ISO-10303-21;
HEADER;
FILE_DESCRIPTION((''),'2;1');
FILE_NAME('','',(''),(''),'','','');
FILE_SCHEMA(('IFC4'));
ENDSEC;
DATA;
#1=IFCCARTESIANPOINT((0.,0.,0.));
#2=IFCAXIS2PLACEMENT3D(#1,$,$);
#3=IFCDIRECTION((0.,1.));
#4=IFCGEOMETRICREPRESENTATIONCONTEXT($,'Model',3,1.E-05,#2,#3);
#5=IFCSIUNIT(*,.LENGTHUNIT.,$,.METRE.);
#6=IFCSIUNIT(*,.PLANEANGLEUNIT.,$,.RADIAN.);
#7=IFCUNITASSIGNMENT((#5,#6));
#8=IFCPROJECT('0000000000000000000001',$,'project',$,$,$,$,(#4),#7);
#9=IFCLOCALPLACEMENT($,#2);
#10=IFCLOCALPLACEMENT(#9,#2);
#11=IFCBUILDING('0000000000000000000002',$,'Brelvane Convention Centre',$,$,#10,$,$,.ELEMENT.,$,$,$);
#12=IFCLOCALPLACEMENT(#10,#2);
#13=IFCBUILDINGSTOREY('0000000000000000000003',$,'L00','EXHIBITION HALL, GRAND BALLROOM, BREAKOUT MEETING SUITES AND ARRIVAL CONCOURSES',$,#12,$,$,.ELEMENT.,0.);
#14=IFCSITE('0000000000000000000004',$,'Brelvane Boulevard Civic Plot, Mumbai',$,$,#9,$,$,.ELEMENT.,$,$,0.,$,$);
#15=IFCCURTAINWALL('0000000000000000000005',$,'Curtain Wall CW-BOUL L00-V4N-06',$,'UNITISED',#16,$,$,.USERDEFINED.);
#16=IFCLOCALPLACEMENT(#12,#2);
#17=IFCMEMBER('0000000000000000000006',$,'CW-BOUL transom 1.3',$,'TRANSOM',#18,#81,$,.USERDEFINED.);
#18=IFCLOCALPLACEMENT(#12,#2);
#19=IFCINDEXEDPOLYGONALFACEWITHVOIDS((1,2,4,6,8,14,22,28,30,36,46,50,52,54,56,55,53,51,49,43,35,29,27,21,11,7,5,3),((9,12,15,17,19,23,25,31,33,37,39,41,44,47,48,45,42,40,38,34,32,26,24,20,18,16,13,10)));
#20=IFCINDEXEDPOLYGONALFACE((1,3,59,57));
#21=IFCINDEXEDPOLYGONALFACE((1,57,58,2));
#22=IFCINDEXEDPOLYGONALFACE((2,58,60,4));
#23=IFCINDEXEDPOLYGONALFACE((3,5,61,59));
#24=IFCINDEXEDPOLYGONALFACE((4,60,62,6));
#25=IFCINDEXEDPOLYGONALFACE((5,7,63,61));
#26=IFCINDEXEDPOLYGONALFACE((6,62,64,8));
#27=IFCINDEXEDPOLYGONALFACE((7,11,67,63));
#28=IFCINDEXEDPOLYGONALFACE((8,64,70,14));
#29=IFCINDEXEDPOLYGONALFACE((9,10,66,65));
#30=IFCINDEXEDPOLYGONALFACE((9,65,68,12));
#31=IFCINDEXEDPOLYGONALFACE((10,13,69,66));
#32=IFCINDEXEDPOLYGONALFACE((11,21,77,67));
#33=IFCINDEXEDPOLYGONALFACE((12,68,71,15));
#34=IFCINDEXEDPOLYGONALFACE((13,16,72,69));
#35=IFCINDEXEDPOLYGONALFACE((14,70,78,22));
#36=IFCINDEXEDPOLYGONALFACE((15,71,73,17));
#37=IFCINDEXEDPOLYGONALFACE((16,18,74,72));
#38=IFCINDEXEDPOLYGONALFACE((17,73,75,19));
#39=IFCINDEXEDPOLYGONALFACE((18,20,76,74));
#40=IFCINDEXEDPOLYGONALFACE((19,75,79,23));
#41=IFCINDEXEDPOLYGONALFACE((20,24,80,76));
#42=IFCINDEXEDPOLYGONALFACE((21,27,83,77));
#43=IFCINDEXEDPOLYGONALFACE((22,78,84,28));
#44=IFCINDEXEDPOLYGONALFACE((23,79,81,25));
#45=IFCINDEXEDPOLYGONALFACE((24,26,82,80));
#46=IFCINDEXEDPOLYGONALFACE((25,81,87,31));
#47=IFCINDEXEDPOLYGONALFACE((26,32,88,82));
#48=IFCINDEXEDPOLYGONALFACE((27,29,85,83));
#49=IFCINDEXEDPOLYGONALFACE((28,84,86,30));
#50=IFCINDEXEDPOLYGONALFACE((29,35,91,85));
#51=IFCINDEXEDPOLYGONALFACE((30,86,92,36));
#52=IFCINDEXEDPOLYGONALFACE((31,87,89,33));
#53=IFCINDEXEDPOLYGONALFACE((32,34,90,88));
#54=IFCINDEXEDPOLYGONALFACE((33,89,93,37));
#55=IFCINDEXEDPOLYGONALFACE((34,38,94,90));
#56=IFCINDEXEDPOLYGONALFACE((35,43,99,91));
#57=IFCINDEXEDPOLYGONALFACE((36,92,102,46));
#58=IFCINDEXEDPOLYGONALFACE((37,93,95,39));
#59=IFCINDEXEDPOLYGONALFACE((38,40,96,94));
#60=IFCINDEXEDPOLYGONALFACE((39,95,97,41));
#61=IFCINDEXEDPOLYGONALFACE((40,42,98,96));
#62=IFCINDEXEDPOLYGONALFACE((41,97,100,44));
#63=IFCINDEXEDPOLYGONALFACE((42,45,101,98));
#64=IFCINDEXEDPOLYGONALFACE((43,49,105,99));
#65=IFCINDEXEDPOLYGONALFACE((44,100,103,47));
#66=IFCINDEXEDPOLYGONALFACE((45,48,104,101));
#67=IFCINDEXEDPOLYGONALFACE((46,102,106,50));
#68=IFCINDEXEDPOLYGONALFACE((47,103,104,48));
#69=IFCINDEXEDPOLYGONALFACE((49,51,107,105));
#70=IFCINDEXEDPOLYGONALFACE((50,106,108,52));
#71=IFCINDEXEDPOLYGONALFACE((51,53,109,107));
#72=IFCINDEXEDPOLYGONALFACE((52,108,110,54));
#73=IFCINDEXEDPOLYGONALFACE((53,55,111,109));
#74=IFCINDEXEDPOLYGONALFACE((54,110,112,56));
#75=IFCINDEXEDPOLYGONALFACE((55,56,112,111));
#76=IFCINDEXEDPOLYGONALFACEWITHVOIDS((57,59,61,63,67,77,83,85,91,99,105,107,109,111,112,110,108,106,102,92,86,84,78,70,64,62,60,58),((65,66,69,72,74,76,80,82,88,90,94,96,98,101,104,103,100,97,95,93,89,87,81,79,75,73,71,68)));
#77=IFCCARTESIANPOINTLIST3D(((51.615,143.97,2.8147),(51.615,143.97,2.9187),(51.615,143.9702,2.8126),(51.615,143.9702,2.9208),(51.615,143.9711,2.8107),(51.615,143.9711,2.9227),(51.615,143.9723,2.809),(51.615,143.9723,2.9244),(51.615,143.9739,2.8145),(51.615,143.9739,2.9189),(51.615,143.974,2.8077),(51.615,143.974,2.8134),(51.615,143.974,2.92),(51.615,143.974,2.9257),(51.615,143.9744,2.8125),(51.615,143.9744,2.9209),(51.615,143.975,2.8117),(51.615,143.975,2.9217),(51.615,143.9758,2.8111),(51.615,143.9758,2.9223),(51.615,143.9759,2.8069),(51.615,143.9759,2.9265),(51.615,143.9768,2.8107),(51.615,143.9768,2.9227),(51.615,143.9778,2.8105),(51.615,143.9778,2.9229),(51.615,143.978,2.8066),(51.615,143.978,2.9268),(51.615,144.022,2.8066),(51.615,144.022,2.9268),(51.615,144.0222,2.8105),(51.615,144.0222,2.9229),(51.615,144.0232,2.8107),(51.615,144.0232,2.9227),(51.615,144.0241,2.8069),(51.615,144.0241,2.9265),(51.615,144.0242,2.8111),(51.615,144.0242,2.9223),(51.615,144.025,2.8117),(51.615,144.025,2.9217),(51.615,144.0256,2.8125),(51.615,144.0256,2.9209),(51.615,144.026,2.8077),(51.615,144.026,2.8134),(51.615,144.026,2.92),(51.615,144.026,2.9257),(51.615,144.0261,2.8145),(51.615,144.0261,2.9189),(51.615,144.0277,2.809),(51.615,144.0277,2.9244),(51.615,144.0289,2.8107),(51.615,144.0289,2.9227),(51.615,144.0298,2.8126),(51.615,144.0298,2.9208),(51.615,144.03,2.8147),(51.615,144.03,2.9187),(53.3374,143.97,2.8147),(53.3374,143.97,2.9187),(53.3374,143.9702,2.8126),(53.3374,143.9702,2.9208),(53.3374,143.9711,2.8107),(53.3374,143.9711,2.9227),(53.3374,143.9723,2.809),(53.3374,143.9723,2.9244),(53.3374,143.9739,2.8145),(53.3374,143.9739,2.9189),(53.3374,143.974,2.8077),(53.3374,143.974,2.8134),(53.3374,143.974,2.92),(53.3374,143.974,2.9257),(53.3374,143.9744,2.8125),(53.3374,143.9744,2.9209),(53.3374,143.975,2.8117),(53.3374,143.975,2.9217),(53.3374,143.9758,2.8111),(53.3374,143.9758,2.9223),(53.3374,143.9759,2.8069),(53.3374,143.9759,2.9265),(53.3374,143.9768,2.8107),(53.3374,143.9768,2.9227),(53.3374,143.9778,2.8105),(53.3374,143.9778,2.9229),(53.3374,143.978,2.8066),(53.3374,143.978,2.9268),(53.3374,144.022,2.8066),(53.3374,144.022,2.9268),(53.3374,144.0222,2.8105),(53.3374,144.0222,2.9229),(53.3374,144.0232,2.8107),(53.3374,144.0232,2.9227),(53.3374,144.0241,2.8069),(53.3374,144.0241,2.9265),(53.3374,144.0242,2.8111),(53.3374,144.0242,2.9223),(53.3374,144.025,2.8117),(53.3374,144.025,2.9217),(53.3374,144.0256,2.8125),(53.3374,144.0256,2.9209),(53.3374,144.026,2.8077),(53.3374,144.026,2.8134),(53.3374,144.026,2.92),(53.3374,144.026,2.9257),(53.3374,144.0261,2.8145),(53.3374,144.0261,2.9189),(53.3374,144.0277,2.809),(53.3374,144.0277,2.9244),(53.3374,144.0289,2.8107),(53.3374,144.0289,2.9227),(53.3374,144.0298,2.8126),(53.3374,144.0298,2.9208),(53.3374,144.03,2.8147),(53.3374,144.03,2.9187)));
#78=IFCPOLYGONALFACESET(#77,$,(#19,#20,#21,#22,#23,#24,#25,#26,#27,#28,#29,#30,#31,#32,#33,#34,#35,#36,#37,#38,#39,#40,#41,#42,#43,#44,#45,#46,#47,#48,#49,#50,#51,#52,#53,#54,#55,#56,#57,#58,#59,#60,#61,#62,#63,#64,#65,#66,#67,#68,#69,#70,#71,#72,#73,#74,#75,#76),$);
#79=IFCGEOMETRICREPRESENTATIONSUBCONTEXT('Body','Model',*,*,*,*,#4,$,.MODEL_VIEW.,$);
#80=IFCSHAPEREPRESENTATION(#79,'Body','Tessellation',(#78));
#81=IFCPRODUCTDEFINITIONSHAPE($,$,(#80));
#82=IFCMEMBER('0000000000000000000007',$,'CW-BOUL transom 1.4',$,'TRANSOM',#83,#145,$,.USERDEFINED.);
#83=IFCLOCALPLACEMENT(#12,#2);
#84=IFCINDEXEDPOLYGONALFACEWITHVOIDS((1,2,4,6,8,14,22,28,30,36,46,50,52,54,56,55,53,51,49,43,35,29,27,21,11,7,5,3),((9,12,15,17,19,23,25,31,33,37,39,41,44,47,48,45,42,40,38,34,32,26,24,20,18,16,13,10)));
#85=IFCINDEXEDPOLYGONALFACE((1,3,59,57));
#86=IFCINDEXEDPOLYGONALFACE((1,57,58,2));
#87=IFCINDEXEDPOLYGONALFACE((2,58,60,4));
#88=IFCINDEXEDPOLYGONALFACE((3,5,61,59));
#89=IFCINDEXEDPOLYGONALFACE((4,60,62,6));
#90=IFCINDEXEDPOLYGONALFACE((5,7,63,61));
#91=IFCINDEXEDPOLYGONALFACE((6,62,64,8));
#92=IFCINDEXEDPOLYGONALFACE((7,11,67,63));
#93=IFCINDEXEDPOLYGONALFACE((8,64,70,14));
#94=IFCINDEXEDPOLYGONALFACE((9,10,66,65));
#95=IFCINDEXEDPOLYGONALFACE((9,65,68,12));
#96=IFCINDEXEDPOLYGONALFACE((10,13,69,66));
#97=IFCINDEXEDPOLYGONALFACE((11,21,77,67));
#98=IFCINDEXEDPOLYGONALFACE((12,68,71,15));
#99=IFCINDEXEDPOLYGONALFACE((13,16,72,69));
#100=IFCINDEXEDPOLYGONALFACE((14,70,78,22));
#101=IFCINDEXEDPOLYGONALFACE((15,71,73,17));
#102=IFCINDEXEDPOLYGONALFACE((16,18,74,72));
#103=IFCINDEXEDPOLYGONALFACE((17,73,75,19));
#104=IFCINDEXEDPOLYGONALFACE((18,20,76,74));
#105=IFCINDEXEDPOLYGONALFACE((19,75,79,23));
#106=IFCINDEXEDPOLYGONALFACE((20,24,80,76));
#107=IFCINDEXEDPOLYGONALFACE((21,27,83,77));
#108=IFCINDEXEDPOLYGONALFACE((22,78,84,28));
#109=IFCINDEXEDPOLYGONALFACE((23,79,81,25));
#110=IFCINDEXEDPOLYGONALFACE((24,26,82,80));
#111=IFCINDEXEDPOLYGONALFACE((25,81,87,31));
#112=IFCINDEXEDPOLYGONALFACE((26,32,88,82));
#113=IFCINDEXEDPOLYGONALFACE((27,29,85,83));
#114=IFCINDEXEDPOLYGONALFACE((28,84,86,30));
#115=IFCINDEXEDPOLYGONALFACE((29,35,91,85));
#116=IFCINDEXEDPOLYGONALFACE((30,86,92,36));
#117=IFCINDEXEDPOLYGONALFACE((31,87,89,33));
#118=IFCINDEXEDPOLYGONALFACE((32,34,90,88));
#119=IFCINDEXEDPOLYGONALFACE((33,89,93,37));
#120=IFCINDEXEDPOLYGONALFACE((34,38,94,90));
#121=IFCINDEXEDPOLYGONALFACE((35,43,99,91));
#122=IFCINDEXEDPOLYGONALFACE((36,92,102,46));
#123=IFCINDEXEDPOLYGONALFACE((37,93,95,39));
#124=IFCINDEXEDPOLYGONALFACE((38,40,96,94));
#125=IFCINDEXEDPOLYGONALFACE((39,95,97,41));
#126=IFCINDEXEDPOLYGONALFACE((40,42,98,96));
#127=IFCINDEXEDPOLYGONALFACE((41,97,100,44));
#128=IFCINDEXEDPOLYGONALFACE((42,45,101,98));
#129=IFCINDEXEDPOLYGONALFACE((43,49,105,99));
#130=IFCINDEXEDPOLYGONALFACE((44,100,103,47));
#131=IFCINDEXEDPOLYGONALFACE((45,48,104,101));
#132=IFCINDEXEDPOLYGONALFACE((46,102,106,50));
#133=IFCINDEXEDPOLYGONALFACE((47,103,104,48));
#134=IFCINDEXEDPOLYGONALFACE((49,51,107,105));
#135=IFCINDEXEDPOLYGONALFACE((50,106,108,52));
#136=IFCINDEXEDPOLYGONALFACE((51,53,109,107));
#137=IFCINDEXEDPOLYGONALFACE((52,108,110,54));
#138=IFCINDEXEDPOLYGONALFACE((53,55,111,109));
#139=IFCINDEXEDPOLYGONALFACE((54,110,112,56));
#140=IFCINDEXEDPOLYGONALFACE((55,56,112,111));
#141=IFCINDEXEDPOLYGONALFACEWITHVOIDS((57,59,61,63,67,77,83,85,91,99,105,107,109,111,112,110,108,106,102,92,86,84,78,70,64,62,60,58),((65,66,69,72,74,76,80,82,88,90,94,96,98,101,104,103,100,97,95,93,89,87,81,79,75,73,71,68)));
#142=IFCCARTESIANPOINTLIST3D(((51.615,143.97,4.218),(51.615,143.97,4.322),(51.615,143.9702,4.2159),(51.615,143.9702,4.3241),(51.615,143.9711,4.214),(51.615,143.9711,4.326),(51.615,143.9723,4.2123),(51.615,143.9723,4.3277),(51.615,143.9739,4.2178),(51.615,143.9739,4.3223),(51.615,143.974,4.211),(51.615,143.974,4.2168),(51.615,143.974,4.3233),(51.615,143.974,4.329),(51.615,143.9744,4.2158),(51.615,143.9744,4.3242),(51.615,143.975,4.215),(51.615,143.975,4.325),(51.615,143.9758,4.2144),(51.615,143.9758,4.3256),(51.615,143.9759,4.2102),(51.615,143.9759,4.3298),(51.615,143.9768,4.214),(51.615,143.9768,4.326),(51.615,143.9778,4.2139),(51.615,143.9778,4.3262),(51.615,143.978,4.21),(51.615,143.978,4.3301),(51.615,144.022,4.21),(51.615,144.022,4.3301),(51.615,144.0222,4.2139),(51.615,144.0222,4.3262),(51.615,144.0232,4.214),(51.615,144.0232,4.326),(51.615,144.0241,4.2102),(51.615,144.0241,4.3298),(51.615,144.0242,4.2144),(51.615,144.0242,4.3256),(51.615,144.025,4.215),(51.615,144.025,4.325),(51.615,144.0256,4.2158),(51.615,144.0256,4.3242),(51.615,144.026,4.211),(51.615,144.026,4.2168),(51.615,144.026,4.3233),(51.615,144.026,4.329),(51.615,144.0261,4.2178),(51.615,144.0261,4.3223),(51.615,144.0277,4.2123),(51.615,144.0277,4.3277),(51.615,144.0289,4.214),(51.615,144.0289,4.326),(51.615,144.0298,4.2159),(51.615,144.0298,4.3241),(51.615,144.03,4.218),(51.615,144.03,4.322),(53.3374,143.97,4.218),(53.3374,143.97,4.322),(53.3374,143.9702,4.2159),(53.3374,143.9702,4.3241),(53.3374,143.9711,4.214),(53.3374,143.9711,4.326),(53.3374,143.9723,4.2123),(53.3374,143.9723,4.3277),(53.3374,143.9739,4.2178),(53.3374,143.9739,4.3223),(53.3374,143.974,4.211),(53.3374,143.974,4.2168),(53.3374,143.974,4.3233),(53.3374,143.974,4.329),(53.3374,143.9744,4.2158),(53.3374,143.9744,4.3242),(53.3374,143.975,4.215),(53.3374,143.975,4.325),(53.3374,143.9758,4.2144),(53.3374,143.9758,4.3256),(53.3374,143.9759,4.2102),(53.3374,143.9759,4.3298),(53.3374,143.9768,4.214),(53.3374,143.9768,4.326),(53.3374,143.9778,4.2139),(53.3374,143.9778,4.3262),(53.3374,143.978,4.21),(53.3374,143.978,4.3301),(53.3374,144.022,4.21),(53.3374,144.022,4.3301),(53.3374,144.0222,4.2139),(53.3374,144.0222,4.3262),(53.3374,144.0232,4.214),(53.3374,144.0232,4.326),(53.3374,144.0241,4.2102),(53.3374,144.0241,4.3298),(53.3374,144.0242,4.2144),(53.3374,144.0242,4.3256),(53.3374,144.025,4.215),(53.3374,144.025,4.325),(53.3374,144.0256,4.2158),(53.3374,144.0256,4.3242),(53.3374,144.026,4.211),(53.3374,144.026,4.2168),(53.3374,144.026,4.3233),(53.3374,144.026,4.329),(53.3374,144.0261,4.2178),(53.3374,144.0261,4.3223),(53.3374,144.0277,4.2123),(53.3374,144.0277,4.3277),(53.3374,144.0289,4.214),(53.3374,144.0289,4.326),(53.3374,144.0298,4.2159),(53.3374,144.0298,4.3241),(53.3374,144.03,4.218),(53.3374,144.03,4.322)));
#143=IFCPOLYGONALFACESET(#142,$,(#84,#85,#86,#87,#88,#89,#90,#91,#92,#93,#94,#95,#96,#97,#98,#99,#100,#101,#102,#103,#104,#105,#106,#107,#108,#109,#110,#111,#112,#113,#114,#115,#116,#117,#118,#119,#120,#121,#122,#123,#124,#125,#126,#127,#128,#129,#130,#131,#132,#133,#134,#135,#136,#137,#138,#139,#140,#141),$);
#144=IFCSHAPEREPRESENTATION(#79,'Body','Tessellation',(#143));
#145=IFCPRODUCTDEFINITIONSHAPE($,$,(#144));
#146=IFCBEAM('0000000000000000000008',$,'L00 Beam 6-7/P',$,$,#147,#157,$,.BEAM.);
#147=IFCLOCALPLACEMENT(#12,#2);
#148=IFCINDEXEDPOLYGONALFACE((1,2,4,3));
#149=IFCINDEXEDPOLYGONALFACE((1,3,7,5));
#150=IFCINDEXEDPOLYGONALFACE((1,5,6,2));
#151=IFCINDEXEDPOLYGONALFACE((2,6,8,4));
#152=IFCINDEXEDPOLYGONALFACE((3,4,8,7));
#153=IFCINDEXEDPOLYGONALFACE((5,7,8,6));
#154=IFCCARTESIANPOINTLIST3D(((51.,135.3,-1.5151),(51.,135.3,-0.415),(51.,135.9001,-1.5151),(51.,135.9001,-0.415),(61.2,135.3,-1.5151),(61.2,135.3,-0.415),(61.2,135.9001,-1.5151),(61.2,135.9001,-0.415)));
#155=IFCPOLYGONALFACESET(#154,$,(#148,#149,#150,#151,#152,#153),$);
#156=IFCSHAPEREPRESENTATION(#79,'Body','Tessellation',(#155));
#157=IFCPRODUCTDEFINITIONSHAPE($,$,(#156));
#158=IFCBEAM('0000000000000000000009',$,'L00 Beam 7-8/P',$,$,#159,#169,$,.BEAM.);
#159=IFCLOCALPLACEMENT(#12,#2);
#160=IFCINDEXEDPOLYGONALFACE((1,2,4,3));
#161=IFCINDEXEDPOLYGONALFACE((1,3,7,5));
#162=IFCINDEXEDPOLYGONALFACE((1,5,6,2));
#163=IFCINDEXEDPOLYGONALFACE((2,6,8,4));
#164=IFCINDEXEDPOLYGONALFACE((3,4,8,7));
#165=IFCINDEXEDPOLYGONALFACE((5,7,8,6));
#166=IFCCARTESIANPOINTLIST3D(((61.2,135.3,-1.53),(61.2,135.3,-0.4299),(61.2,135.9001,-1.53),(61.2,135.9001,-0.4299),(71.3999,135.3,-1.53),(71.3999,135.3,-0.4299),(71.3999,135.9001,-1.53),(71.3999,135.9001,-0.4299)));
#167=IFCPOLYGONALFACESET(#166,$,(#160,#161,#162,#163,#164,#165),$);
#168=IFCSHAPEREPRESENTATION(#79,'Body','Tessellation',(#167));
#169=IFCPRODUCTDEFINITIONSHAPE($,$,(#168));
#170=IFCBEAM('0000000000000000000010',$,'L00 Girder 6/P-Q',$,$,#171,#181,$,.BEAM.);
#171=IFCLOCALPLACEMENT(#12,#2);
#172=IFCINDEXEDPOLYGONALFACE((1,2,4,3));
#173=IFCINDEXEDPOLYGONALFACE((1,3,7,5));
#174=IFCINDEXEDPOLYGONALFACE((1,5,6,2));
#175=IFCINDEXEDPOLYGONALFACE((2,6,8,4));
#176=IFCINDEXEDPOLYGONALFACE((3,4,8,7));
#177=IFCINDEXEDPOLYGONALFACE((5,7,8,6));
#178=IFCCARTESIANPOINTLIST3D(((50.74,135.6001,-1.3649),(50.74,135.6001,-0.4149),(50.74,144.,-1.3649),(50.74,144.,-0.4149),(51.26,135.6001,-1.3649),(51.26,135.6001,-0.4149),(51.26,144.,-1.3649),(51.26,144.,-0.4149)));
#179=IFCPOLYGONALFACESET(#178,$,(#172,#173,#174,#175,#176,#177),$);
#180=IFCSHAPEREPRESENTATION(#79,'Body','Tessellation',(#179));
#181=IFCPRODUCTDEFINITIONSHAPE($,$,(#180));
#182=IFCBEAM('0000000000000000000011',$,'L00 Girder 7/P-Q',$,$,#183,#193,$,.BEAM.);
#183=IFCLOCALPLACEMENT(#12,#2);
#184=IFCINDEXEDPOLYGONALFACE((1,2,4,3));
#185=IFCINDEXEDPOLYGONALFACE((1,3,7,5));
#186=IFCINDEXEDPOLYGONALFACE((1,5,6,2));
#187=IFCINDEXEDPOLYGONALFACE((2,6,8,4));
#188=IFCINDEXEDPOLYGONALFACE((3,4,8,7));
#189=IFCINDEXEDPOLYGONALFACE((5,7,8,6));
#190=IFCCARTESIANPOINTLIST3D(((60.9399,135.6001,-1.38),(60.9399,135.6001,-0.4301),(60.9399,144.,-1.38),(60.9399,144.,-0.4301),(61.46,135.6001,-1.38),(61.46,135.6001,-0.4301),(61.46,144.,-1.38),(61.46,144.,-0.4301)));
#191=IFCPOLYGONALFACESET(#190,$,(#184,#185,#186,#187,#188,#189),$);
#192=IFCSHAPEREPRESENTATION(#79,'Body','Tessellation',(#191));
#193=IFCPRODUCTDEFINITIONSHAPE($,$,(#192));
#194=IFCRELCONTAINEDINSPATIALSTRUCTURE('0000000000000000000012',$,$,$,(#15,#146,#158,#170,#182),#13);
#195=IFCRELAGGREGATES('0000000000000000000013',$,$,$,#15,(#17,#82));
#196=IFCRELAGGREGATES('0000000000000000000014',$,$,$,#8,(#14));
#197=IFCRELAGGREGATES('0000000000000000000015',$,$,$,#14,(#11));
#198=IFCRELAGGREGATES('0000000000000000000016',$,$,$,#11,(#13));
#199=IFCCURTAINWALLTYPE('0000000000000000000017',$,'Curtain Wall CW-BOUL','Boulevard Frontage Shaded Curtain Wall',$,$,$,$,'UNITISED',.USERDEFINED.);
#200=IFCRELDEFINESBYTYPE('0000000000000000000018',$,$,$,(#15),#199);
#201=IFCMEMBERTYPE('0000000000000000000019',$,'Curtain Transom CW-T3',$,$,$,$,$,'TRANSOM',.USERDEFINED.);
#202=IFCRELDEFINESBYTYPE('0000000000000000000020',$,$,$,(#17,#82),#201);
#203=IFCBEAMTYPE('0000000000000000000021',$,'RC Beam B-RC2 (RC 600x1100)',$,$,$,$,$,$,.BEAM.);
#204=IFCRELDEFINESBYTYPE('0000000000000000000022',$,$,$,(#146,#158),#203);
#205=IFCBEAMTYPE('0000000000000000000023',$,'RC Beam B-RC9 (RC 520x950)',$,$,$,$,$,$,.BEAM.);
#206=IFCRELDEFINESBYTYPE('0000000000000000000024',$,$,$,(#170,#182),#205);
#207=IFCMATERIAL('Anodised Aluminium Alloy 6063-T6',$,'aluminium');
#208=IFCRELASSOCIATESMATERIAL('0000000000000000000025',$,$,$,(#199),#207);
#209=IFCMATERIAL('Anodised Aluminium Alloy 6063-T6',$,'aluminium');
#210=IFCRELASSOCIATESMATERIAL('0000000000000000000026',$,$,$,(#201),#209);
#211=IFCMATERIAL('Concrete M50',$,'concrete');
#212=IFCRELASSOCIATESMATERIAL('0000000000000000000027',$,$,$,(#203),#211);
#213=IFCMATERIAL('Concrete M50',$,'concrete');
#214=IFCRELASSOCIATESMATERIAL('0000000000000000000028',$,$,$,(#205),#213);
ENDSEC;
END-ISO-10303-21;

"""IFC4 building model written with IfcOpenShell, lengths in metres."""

from ifc_helpers import new_model, si_unit, direction, frame, origin, origin_2d, place, context, subcontext, project, spatial, rectangle, hollow_rectangle, extrude, material, material_profile, profile_set, type_object, element, aggregate, save


model = new_model("IFC4")

# Units and contexts
model_context = context("Model", 3, precision=1e-05, world=origin(), true_north=direction((0.0, 1.0)))
body_context = subcontext(model_context, "Body", "Model", "MODEL_VIEW")
ifc_project = project(units=[si_unit("LENGTHUNIT", "METRE"), si_unit("PLANEANGLEUNIT", "RADIAN")], contexts=[model_context])

# Site, building, storey
site_placement = place(None, origin())
site = spatial("IfcSite", under=ifc_project, at=site_placement, Name="Brelvane Boulevard Civic Plot, Mumbai", CompositionType="ELEMENT", RefElevation=0.0)
building_placement = place(site_placement, origin())
building = spatial("IfcBuilding", under=site, at=building_placement, Name="Brelvane Convention Centre", CompositionType="ELEMENT")
storey_placement = place(building_placement, origin())
storey = spatial("IfcBuildingStorey", under=building, at=storey_placement, Name="L00", Description="EXHIBITION HALL, GRAND BALLROOM, BREAKOUT MEETING SUITES AND ARRIVAL CONCOURSES", CompositionType="ELEMENT", Elevation=0.0)

# Curtain wall, members
ifc_material_1 = material(Name="Anodised Aluminium Alloy 6063-T6", Category="aluminium")
curtain_wall_type = type_object("IfcCurtainWallType", Name="Curtain Wall CW-BOUL", Description="Boulevard Frontage Shaded Curtain Wall", ElementType="UNITISED", PredefinedType="USERDEFINED", material=ifc_material_1)
curtain_wall_placement = place(storey_placement, origin())
curtain_wall = element("IfcCurtainWall", 1, at=curtain_wall_placement, inside=storey, type_object=curtain_wall_type, Name="Curtain Wall CW-BOUL L00-V4N-06", ObjectType="UNITISED", PredefinedType="USERDEFINED")
ifc_material_2 = material(Name="Anodised Aluminium Alloy 6063-T6", Category="aluminium")
ifc_material_profile_1 = material_profile(ifc_material_2, hollow_rectangle(XDim=0.0601, YDim=0.1201, WallThickness=0.0039, InnerFilletRadius=0.0039, OuterFilletRadius=0.0081, at=origin_2d()), Name="ALU-T 120x60x4.0")
ifc_profile_set_1 = profile_set([ifc_material_profile_1], Name="Anodised Aluminium Alloy 6063-T6")
member_type_1 = type_object("IfcMemberType", Name="Curtain Transom CW-T3", ElementType="TRANSOM", PredefinedType="USERDEFINED", material=ifc_profile_set_1)
member_1_placement = place(storey_placement, frame((51.615, 144.0, 2.8667), z_axis=(1.0, 0.0, 0.0), x_axis=(0.0, 1.0, 0.0)))
member_1 = element("IfcMember", 2, at=member_1_placement, type_object=member_type_1, Name="CW-BOUL transom 1.3", ObjectType="TRANSOM", PredefinedType="USERDEFINED", context=body_context, shape_type="SweptSolid", body=[
    extrude(hollow_rectangle(XDim=0.0601, YDim=0.1201, WallThickness=0.0039, InnerFilletRadius=0.0039, OuterFilletRadius=0.0081, at=origin_2d()), origin(), (0.0, 0.0, 1.0), 1.7224),
])
member_2_placement = place(storey_placement, frame((51.615, 144.0, 4.27), z_axis=(1.0, 0.0, 0.0), x_axis=(0.0, 1.0, 0.0)))
member_2 = element("IfcMember", 3, at=member_2_placement, type_object=member_type_1, Name="CW-BOUL transom 1.4", ObjectType="TRANSOM", PredefinedType="USERDEFINED", context=body_context, shape_type="SweptSolid", body=[
    extrude(hollow_rectangle(XDim=0.0601, YDim=0.1201, WallThickness=0.0039, InnerFilletRadius=0.0039, OuterFilletRadius=0.0081, at=origin_2d()), origin(), (0.0, 0.0, 1.0), 1.7224),
])

# Beams
ifc_material_3 = material(Name="Concrete M50", Category="concrete")
ifc_material_profile_2 = material_profile(ifc_material_3, rectangle(XDim=0.6001, YDim=1.1001, at=origin_2d()), Name="RC 600x1100")
ifc_profile_set_2 = profile_set([ifc_material_profile_2], Name="Concrete M50")
beam_type_1 = type_object("IfcBeamType", Name="RC Beam B-RC2 (RC 600x1100)", PredefinedType="BEAM", material=ifc_profile_set_2)
for number, where, z_axis, x_axis, name in (
    (4, (51.0, 135.6001, -0.9651), (1.0, 0.0, 0.0), (0.0, 1.0, 0.0), "L00 Beam 6-7/P"),
    (5, (61.2, 135.6001, -0.98), (1.0, 0.0, 0.0), (0.0, 1.0, 0.0), "L00 Beam 7-8/P"),
):
    element("IfcBeam", number, at=place(storey_placement, frame(where, z_axis=z_axis, x_axis=x_axis)), inside=storey, type_object=beam_type_1, Name=name, PredefinedType="BEAM", context=body_context, shape_type="SweptSolid", body=[
        extrude(rectangle(XDim=0.6001, YDim=1.1001, at=origin_2d()), origin(), (0.0, 0.0, 1.0), 10.2),
    ])
ifc_material_4 = material(Name="Concrete M50", Category="concrete")
ifc_material_profile_3 = material_profile(ifc_material_4, rectangle(XDim=0.52, YDim=0.95, at=origin_2d()), Name="RC 520x950")
ifc_profile_set_3 = profile_set([ifc_material_profile_3], Name="Concrete M50")
beam_type_2 = type_object("IfcBeamType", Name="RC Beam B-RC9 (RC 520x950)", PredefinedType="BEAM", material=ifc_profile_set_3)
for number, where, z_axis, x_axis, name in (
    (6, (51.0, 135.6001, -0.8899), (0.0, 1.0, 0.0), (-1.0, 0.0, 0.0), "L00 Girder 6/P-Q"),
    (7, (61.2, 135.6001, -0.905), (0.0, 1.0, 0.0), (-1.0, 0.0, 0.0), "L00 Girder 7/P-Q"),
):
    element("IfcBeam", number, at=place(storey_placement, frame(where, z_axis=z_axis, x_axis=x_axis)), inside=storey, type_object=beam_type_2, Name=name, PredefinedType="BEAM", context=body_context, shape_type="SweptSolid", body=[
        extrude(rectangle(XDim=0.52, YDim=0.95, at=origin_2d()), origin(), (0.0, 0.0, 1.0), 8.3999),
    ])

aggregate(curtain_wall, [member_1, member_2])

save(model, "model.ifc")
